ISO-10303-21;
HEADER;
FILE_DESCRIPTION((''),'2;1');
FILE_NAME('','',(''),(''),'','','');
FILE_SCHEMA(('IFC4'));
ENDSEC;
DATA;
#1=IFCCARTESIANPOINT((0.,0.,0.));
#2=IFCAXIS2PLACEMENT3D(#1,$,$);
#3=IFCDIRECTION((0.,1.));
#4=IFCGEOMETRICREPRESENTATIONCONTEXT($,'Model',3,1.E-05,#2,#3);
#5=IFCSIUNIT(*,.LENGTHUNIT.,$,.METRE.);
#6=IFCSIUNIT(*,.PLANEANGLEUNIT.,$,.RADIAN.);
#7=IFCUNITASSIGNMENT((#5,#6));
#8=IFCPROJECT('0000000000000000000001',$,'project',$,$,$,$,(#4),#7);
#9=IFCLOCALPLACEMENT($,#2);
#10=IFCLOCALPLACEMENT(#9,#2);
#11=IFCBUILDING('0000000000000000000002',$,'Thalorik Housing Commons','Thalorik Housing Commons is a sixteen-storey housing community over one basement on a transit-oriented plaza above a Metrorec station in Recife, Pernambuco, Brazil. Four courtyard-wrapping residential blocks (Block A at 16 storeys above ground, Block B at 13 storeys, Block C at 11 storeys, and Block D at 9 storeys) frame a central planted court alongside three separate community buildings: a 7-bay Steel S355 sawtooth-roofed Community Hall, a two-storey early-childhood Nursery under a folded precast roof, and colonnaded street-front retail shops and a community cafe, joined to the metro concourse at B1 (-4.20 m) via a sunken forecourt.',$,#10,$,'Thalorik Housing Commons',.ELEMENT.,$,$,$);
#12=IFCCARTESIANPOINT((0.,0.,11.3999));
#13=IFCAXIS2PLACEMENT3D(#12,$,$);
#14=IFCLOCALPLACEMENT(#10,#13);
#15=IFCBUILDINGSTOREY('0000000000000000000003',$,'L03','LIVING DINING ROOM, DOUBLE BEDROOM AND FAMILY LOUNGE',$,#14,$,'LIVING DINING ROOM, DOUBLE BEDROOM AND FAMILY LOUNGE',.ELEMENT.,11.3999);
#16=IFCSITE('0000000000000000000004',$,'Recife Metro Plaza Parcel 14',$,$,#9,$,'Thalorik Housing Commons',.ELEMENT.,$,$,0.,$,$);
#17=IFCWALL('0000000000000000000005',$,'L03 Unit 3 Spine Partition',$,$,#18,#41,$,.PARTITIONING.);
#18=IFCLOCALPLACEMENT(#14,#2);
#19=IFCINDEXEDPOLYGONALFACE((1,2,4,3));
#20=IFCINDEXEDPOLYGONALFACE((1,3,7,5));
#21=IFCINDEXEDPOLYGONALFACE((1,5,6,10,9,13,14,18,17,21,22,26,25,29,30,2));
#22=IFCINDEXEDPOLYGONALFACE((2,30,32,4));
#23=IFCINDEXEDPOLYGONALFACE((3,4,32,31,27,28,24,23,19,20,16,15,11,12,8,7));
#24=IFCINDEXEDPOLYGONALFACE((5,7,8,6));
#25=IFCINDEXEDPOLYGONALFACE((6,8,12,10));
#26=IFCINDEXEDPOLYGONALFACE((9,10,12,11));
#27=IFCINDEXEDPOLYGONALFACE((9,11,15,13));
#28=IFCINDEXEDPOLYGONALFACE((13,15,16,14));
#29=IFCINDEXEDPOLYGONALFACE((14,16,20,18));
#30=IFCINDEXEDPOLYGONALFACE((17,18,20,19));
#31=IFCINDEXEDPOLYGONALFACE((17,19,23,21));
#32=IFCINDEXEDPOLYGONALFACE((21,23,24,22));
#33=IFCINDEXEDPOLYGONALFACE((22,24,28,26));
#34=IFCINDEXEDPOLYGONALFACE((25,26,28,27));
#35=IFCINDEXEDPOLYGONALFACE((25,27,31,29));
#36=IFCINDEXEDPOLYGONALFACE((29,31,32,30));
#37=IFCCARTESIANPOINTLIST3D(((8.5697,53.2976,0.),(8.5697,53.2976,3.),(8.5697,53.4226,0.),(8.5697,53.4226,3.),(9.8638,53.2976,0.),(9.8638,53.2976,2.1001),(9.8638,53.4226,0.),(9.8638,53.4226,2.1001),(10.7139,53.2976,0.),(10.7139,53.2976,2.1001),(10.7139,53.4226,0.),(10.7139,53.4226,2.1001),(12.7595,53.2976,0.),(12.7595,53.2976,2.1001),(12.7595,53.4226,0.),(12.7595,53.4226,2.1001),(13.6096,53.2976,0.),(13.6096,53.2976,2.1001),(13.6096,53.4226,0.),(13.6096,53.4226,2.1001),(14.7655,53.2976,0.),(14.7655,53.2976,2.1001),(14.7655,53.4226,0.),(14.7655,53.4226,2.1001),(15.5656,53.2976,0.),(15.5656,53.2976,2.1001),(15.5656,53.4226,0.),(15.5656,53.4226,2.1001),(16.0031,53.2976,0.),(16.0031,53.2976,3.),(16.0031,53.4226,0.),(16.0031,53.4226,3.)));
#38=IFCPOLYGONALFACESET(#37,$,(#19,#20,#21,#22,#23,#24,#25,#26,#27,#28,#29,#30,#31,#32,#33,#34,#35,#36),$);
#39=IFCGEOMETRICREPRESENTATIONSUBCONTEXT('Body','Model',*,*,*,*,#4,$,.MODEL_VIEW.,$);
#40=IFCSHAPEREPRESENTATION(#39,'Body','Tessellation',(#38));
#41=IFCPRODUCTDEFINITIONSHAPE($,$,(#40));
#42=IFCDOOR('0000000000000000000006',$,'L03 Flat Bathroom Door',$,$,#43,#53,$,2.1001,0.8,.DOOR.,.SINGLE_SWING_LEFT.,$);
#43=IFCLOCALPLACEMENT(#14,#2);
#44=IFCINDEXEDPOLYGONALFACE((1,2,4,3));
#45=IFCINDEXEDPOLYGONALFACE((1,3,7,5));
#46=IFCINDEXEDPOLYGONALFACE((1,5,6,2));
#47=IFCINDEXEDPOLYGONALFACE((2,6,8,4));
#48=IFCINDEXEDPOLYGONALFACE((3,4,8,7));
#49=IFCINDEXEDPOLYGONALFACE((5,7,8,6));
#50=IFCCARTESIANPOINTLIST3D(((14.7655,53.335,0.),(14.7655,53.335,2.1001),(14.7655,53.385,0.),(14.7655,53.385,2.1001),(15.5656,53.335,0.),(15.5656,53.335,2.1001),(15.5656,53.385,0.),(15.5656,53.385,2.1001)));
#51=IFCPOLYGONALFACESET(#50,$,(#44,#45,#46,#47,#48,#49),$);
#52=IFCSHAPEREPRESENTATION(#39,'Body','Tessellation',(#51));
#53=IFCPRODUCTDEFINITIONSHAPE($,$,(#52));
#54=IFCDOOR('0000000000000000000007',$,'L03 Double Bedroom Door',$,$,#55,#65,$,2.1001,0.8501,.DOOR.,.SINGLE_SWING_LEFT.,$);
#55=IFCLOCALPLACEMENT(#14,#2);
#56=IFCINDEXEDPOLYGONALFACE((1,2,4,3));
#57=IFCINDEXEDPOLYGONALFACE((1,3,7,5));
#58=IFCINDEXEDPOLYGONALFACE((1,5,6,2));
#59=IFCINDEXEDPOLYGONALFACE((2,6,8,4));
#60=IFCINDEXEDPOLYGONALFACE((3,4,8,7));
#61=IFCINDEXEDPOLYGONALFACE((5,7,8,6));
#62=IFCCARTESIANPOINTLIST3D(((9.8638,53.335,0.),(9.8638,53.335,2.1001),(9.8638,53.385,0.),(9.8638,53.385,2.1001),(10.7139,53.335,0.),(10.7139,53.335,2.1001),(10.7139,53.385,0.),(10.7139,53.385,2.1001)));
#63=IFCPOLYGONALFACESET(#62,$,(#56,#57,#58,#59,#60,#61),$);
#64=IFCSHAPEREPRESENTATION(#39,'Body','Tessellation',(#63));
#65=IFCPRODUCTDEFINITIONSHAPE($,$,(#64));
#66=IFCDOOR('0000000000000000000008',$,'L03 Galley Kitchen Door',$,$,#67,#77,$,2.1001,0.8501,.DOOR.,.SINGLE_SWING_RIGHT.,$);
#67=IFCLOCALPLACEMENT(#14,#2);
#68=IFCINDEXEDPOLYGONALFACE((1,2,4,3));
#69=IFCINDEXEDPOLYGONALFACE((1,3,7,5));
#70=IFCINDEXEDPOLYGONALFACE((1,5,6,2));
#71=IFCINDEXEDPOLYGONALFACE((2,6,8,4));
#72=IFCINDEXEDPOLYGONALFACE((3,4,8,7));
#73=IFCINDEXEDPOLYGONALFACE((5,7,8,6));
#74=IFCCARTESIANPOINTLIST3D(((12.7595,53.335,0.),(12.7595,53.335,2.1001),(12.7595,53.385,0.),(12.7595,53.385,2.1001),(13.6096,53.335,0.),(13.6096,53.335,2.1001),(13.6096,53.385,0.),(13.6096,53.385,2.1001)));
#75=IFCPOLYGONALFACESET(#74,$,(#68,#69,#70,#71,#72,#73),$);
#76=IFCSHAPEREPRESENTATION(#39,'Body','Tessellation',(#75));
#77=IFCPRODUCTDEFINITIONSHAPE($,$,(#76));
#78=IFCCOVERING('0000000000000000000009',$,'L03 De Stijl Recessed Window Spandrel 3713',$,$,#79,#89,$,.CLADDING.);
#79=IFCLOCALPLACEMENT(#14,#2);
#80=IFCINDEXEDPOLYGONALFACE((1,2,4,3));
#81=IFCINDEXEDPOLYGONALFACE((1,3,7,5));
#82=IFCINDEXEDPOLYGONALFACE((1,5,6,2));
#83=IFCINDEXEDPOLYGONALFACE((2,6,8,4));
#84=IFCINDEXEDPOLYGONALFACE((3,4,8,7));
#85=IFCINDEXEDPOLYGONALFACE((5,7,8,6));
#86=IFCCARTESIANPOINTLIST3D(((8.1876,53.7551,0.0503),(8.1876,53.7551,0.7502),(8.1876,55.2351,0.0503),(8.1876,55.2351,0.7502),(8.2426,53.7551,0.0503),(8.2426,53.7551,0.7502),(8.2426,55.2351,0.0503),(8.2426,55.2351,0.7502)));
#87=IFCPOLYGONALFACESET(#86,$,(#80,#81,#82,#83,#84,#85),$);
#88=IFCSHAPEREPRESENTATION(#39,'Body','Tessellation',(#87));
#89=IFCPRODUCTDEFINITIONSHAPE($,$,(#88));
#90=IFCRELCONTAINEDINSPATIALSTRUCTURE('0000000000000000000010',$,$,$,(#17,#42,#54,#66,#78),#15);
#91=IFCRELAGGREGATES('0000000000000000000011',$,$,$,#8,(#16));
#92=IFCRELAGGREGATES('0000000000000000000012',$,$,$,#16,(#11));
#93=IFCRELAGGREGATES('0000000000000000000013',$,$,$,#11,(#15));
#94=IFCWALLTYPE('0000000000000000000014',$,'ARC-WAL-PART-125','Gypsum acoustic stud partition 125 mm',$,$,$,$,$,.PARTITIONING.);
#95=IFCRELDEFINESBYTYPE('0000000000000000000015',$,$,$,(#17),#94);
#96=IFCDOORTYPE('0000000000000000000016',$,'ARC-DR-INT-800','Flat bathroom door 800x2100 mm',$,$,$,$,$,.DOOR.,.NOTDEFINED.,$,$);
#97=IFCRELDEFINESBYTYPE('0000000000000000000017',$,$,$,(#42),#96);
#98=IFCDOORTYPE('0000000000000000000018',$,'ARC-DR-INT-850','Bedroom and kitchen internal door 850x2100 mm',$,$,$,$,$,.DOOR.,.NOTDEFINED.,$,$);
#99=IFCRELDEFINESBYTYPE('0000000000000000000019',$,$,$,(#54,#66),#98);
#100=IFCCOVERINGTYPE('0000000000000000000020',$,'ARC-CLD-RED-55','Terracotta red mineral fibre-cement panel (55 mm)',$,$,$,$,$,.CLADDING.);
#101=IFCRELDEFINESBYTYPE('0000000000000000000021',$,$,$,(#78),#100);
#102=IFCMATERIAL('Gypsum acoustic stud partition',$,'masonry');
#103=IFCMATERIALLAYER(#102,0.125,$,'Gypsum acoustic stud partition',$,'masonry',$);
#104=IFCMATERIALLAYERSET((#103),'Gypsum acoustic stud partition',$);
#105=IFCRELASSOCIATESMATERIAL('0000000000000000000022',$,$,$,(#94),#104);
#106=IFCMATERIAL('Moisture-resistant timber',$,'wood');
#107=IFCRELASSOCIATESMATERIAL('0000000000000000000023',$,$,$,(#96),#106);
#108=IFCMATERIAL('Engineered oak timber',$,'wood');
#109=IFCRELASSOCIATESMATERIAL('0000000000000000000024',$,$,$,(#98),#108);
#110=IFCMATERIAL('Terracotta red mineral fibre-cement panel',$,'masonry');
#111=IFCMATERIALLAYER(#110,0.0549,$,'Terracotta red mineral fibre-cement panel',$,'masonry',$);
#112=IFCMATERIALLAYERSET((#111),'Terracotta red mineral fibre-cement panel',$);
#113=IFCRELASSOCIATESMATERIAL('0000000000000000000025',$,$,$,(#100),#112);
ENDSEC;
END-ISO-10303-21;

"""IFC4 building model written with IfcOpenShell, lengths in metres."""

from ifc_helpers import new_model, si_unit, direction, frame, frame_2d, origin, origin_2d, place, context, subcontext, project, spatial, rectangle, extrude, material, layer, layer_set, type_object, element, fill, save


model = new_model("IFC4")

# Units and contexts
model_context = context("Model", 3, precision=1e-05, world=origin(), true_north=direction((0.0, 1.0)))
body_context = subcontext(model_context, "Body", "Model", "MODEL_VIEW")
ifc_project = project(units=[si_unit("LENGTHUNIT", "METRE"), si_unit("PLANEANGLEUNIT", "RADIAN")], contexts=[model_context])

# Site, building, storey
site_placement = place(None, origin())
site = spatial("IfcSite", under=ifc_project, at=site_placement, Name="Recife Metro Plaza Parcel 14", LongName="Thalorik Housing Commons", CompositionType="ELEMENT", RefElevation=0.0)
building_placement = place(site_placement, origin())
building = spatial("IfcBuilding", under=site, at=building_placement, Name="Thalorik Housing Commons", Description="Thalorik Housing Commons is a sixteen-storey housing community over one basement on a transit-oriented plaza above a Metrorec station in Recife, Pernambuco, Brazil. Four courtyard-wrapping residential blocks (Block A at 16 storeys above ground, Block B at 13 storeys, Block C at 11 storeys, and Block D at 9 storeys) frame a central planted court alongside three separate community buildings: a 7-bay Steel S355 sawtooth-roofed Community Hall, a two-storey early-childhood Nursery under a folded precast roof, and colonnaded street-front retail shops and a community cafe, joined to the metro concourse at B1 (-4.20 m) via a sunken forecourt.", LongName="Thalorik Housing Commons", CompositionType="ELEMENT")
storey_placement = place(building_placement, frame((0.0, 0.0, 11.3999)))
storey = spatial("IfcBuildingStorey", under=building, at=storey_placement, Name="L03", Description="LIVING DINING ROOM, DOUBLE BEDROOM AND FAMILY LOUNGE", LongName="LIVING DINING ROOM, DOUBLE BEDROOM AND FAMILY LOUNGE", CompositionType="ELEMENT", Elevation=11.3999)

# Wall, openings, doors
ifc_material_1 = material(Name="Gypsum acoustic stud partition", Category="masonry")
ifc_layer_1 = layer(ifc_material_1, 0.125, Name="Gypsum acoustic stud partition", Category="masonry")
ifc_layer_set_1 = layer_set([ifc_layer_1], Name="Gypsum acoustic stud partition")
wall_type_1 = type_object("IfcWallType", Name="ARC-WAL-PART-125", Description="Gypsum acoustic stud partition 125 mm", PredefinedType="PARTITIONING", material=ifc_layer_set_1)
wall_1_placement = place(storey_placement, frame((8.5696, 53.3601, 0.0), z_axis=(0.0, 0.0, 1.0), x_axis=(1.0, 0.0, 0.0)))
wall_1 = element("IfcWall", 1, at=wall_1_placement, inside=storey, type_object=wall_type_1, Name="L03 Unit 3 Spine Partition", PredefinedType="PARTITIONING", context=body_context, shape_type="SweptSolid", body=[
    extrude(rectangle(XDim=7.4333, YDim=0.125, at=frame_2d((3.7168, 0.0))), origin(), (0.0, 0.0, 1.0), 3.0),
])
opening_1_placement = place(wall_1_placement, frame((1.2942, 0.0, 0.0)))
opening_1 = element("IfcOpeningElement", 2, at=opening_1_placement, cuts=wall_1, PredefinedType="OPENING", context=body_context, shape_type="SweptSolid", body=[
    extrude(rectangle(XDim=0.8501, YDim=2.1001, at=frame_2d((0.425, 1.05))), frame((0.0, 0.0725, 0.0), z_axis=(0.0, -1.0, 0.0), x_axis=(1.0, 0.0, 0.0)), (0.0, 0.0, 1.0), 0.145),
])
opening_2_placement = place(wall_1_placement, frame((4.1899, 0.0, 0.0)))
opening_2 = element("IfcOpeningElement", 3, at=opening_2_placement, cuts=wall_1, PredefinedType="OPENING", context=body_context, shape_type="SweptSolid", body=[
    extrude(rectangle(XDim=0.8501, YDim=2.1001, at=frame_2d((0.425, 1.05))), frame((0.0, 0.0725, 0.0), z_axis=(0.0, -1.0, 0.0), x_axis=(1.0, 0.0, 0.0)), (0.0, 0.0, 1.0), 0.145),
])
opening_3_placement = place(wall_1_placement, frame((6.196, 0.0, 0.0)))
opening_3 = element("IfcOpeningElement", 4, at=opening_3_placement, cuts=wall_1, PredefinedType="OPENING", context=body_context, shape_type="SweptSolid", body=[
    extrude(rectangle(XDim=0.8, YDim=2.1001, at=frame_2d((0.3999, 1.05))), frame((0.0, 0.0725, 0.0), z_axis=(0.0, -1.0, 0.0), x_axis=(1.0, 0.0, 0.0)), (0.0, 0.0, 1.0), 0.145),
])
ifc_material_2 = material(Name="Moisture-resistant timber", Category="wood")
door_type_1 = type_object("IfcDoorType", Name="ARC-DR-INT-800", Description="Flat bathroom door 800x2100 mm", OperationType="NOTDEFINED", PredefinedType="DOOR", material=ifc_material_2)
door_1_placement = place(opening_3_placement, origin())
door_1 = element("IfcDoor", 5, at=door_1_placement, inside=storey, type_object=door_type_1, Name="L03 Flat Bathroom Door", OperationType="SINGLE_SWING_LEFT", OverallHeight=2.1001, OverallWidth=0.8, PredefinedType="DOOR", context=body_context, shape_type="SweptSolid", body=[
    extrude(rectangle(XDim=0.8, YDim=2.1001, at=frame_2d((0.3999, 1.05))), frame((0.0, 0.0249, 0.0), z_axis=(0.0, -1.0, 0.0), x_axis=(1.0, 0.0, 0.0)), (0.0, 0.0, 1.0), 0.05),
])
fill(opening_3, door_1)
ifc_material_3 = material(Name="Engineered oak timber", Category="wood")
door_type_2 = type_object("IfcDoorType", Name="ARC-DR-INT-850", Description="Bedroom and kitchen internal door 850x2100 mm", OperationType="NOTDEFINED", PredefinedType="DOOR", material=ifc_material_3)
door_2_placement = place(opening_1_placement, origin())
door_2 = element("IfcDoor", 6, at=door_2_placement, inside=storey, type_object=door_type_2, Name="L03 Double Bedroom Door", OperationType="SINGLE_SWING_LEFT", OverallHeight=2.1001, OverallWidth=0.8501, PredefinedType="DOOR", context=body_context, shape_type="SweptSolid", body=[
    extrude(rectangle(XDim=0.8501, YDim=2.1001, at=frame_2d((0.425, 1.05))), frame((0.0, 0.0249, 0.0), z_axis=(0.0, -1.0, 0.0), x_axis=(1.0, 0.0, 0.0)), (0.0, 0.0, 1.0), 0.05),
])
fill(opening_1, door_2)
door_3_placement = place(opening_2_placement, origin())
door_3 = element("IfcDoor", 7, at=door_3_placement, inside=storey, type_object=door_type_2, Name="L03 Galley Kitchen Door", OperationType="SINGLE_SWING_RIGHT", OverallHeight=2.1001, OverallWidth=0.8501, PredefinedType="DOOR", context=body_context, shape_type="SweptSolid", body=[
    extrude(rectangle(XDim=0.8501, YDim=2.1001, at=frame_2d((0.425, 1.05))), frame((0.0, 0.0249, 0.0), z_axis=(0.0, -1.0, 0.0), x_axis=(1.0, 0.0, 0.0)), (0.0, 0.0, 1.0), 0.05),
])
fill(opening_2, door_3)

# Covering
ifc_material_4 = material(Name="Terracotta red mineral fibre-cement panel", Category="masonry")
ifc_layer_2 = layer(ifc_material_4, 0.0549, Name="Terracotta red mineral fibre-cement panel", Category="masonry")
ifc_layer_set_2 = layer_set([ifc_layer_2], Name="Terracotta red mineral fibre-cement panel")
covering_type_1 = type_object("IfcCoveringType", Name="ARC-CLD-RED-55", Description="Terracotta red mineral fibre-cement panel (55 mm)", PredefinedType="CLADDING", material=ifc_layer_set_2)
covering_1_placement = place(storey_placement, frame((8.2151, 54.4951, 0.0503), z_axis=(0.0, 0.0, 1.0), x_axis=(0.0, -1.0, 0.0)))
element("IfcCovering", 8, at=covering_1_placement, inside=storey, type_object=covering_type_1, Name="L03 De Stijl Recessed Window Spandrel 3713", PredefinedType="CLADDING", context=body_context, shape_type="SweptSolid", body=[
    extrude(rectangle(XDim=1.48, YDim=0.0549, at=origin_2d()), origin(), (0.0, 0.0, 1.0), 0.7),
])

save(model, "model.ifc")
